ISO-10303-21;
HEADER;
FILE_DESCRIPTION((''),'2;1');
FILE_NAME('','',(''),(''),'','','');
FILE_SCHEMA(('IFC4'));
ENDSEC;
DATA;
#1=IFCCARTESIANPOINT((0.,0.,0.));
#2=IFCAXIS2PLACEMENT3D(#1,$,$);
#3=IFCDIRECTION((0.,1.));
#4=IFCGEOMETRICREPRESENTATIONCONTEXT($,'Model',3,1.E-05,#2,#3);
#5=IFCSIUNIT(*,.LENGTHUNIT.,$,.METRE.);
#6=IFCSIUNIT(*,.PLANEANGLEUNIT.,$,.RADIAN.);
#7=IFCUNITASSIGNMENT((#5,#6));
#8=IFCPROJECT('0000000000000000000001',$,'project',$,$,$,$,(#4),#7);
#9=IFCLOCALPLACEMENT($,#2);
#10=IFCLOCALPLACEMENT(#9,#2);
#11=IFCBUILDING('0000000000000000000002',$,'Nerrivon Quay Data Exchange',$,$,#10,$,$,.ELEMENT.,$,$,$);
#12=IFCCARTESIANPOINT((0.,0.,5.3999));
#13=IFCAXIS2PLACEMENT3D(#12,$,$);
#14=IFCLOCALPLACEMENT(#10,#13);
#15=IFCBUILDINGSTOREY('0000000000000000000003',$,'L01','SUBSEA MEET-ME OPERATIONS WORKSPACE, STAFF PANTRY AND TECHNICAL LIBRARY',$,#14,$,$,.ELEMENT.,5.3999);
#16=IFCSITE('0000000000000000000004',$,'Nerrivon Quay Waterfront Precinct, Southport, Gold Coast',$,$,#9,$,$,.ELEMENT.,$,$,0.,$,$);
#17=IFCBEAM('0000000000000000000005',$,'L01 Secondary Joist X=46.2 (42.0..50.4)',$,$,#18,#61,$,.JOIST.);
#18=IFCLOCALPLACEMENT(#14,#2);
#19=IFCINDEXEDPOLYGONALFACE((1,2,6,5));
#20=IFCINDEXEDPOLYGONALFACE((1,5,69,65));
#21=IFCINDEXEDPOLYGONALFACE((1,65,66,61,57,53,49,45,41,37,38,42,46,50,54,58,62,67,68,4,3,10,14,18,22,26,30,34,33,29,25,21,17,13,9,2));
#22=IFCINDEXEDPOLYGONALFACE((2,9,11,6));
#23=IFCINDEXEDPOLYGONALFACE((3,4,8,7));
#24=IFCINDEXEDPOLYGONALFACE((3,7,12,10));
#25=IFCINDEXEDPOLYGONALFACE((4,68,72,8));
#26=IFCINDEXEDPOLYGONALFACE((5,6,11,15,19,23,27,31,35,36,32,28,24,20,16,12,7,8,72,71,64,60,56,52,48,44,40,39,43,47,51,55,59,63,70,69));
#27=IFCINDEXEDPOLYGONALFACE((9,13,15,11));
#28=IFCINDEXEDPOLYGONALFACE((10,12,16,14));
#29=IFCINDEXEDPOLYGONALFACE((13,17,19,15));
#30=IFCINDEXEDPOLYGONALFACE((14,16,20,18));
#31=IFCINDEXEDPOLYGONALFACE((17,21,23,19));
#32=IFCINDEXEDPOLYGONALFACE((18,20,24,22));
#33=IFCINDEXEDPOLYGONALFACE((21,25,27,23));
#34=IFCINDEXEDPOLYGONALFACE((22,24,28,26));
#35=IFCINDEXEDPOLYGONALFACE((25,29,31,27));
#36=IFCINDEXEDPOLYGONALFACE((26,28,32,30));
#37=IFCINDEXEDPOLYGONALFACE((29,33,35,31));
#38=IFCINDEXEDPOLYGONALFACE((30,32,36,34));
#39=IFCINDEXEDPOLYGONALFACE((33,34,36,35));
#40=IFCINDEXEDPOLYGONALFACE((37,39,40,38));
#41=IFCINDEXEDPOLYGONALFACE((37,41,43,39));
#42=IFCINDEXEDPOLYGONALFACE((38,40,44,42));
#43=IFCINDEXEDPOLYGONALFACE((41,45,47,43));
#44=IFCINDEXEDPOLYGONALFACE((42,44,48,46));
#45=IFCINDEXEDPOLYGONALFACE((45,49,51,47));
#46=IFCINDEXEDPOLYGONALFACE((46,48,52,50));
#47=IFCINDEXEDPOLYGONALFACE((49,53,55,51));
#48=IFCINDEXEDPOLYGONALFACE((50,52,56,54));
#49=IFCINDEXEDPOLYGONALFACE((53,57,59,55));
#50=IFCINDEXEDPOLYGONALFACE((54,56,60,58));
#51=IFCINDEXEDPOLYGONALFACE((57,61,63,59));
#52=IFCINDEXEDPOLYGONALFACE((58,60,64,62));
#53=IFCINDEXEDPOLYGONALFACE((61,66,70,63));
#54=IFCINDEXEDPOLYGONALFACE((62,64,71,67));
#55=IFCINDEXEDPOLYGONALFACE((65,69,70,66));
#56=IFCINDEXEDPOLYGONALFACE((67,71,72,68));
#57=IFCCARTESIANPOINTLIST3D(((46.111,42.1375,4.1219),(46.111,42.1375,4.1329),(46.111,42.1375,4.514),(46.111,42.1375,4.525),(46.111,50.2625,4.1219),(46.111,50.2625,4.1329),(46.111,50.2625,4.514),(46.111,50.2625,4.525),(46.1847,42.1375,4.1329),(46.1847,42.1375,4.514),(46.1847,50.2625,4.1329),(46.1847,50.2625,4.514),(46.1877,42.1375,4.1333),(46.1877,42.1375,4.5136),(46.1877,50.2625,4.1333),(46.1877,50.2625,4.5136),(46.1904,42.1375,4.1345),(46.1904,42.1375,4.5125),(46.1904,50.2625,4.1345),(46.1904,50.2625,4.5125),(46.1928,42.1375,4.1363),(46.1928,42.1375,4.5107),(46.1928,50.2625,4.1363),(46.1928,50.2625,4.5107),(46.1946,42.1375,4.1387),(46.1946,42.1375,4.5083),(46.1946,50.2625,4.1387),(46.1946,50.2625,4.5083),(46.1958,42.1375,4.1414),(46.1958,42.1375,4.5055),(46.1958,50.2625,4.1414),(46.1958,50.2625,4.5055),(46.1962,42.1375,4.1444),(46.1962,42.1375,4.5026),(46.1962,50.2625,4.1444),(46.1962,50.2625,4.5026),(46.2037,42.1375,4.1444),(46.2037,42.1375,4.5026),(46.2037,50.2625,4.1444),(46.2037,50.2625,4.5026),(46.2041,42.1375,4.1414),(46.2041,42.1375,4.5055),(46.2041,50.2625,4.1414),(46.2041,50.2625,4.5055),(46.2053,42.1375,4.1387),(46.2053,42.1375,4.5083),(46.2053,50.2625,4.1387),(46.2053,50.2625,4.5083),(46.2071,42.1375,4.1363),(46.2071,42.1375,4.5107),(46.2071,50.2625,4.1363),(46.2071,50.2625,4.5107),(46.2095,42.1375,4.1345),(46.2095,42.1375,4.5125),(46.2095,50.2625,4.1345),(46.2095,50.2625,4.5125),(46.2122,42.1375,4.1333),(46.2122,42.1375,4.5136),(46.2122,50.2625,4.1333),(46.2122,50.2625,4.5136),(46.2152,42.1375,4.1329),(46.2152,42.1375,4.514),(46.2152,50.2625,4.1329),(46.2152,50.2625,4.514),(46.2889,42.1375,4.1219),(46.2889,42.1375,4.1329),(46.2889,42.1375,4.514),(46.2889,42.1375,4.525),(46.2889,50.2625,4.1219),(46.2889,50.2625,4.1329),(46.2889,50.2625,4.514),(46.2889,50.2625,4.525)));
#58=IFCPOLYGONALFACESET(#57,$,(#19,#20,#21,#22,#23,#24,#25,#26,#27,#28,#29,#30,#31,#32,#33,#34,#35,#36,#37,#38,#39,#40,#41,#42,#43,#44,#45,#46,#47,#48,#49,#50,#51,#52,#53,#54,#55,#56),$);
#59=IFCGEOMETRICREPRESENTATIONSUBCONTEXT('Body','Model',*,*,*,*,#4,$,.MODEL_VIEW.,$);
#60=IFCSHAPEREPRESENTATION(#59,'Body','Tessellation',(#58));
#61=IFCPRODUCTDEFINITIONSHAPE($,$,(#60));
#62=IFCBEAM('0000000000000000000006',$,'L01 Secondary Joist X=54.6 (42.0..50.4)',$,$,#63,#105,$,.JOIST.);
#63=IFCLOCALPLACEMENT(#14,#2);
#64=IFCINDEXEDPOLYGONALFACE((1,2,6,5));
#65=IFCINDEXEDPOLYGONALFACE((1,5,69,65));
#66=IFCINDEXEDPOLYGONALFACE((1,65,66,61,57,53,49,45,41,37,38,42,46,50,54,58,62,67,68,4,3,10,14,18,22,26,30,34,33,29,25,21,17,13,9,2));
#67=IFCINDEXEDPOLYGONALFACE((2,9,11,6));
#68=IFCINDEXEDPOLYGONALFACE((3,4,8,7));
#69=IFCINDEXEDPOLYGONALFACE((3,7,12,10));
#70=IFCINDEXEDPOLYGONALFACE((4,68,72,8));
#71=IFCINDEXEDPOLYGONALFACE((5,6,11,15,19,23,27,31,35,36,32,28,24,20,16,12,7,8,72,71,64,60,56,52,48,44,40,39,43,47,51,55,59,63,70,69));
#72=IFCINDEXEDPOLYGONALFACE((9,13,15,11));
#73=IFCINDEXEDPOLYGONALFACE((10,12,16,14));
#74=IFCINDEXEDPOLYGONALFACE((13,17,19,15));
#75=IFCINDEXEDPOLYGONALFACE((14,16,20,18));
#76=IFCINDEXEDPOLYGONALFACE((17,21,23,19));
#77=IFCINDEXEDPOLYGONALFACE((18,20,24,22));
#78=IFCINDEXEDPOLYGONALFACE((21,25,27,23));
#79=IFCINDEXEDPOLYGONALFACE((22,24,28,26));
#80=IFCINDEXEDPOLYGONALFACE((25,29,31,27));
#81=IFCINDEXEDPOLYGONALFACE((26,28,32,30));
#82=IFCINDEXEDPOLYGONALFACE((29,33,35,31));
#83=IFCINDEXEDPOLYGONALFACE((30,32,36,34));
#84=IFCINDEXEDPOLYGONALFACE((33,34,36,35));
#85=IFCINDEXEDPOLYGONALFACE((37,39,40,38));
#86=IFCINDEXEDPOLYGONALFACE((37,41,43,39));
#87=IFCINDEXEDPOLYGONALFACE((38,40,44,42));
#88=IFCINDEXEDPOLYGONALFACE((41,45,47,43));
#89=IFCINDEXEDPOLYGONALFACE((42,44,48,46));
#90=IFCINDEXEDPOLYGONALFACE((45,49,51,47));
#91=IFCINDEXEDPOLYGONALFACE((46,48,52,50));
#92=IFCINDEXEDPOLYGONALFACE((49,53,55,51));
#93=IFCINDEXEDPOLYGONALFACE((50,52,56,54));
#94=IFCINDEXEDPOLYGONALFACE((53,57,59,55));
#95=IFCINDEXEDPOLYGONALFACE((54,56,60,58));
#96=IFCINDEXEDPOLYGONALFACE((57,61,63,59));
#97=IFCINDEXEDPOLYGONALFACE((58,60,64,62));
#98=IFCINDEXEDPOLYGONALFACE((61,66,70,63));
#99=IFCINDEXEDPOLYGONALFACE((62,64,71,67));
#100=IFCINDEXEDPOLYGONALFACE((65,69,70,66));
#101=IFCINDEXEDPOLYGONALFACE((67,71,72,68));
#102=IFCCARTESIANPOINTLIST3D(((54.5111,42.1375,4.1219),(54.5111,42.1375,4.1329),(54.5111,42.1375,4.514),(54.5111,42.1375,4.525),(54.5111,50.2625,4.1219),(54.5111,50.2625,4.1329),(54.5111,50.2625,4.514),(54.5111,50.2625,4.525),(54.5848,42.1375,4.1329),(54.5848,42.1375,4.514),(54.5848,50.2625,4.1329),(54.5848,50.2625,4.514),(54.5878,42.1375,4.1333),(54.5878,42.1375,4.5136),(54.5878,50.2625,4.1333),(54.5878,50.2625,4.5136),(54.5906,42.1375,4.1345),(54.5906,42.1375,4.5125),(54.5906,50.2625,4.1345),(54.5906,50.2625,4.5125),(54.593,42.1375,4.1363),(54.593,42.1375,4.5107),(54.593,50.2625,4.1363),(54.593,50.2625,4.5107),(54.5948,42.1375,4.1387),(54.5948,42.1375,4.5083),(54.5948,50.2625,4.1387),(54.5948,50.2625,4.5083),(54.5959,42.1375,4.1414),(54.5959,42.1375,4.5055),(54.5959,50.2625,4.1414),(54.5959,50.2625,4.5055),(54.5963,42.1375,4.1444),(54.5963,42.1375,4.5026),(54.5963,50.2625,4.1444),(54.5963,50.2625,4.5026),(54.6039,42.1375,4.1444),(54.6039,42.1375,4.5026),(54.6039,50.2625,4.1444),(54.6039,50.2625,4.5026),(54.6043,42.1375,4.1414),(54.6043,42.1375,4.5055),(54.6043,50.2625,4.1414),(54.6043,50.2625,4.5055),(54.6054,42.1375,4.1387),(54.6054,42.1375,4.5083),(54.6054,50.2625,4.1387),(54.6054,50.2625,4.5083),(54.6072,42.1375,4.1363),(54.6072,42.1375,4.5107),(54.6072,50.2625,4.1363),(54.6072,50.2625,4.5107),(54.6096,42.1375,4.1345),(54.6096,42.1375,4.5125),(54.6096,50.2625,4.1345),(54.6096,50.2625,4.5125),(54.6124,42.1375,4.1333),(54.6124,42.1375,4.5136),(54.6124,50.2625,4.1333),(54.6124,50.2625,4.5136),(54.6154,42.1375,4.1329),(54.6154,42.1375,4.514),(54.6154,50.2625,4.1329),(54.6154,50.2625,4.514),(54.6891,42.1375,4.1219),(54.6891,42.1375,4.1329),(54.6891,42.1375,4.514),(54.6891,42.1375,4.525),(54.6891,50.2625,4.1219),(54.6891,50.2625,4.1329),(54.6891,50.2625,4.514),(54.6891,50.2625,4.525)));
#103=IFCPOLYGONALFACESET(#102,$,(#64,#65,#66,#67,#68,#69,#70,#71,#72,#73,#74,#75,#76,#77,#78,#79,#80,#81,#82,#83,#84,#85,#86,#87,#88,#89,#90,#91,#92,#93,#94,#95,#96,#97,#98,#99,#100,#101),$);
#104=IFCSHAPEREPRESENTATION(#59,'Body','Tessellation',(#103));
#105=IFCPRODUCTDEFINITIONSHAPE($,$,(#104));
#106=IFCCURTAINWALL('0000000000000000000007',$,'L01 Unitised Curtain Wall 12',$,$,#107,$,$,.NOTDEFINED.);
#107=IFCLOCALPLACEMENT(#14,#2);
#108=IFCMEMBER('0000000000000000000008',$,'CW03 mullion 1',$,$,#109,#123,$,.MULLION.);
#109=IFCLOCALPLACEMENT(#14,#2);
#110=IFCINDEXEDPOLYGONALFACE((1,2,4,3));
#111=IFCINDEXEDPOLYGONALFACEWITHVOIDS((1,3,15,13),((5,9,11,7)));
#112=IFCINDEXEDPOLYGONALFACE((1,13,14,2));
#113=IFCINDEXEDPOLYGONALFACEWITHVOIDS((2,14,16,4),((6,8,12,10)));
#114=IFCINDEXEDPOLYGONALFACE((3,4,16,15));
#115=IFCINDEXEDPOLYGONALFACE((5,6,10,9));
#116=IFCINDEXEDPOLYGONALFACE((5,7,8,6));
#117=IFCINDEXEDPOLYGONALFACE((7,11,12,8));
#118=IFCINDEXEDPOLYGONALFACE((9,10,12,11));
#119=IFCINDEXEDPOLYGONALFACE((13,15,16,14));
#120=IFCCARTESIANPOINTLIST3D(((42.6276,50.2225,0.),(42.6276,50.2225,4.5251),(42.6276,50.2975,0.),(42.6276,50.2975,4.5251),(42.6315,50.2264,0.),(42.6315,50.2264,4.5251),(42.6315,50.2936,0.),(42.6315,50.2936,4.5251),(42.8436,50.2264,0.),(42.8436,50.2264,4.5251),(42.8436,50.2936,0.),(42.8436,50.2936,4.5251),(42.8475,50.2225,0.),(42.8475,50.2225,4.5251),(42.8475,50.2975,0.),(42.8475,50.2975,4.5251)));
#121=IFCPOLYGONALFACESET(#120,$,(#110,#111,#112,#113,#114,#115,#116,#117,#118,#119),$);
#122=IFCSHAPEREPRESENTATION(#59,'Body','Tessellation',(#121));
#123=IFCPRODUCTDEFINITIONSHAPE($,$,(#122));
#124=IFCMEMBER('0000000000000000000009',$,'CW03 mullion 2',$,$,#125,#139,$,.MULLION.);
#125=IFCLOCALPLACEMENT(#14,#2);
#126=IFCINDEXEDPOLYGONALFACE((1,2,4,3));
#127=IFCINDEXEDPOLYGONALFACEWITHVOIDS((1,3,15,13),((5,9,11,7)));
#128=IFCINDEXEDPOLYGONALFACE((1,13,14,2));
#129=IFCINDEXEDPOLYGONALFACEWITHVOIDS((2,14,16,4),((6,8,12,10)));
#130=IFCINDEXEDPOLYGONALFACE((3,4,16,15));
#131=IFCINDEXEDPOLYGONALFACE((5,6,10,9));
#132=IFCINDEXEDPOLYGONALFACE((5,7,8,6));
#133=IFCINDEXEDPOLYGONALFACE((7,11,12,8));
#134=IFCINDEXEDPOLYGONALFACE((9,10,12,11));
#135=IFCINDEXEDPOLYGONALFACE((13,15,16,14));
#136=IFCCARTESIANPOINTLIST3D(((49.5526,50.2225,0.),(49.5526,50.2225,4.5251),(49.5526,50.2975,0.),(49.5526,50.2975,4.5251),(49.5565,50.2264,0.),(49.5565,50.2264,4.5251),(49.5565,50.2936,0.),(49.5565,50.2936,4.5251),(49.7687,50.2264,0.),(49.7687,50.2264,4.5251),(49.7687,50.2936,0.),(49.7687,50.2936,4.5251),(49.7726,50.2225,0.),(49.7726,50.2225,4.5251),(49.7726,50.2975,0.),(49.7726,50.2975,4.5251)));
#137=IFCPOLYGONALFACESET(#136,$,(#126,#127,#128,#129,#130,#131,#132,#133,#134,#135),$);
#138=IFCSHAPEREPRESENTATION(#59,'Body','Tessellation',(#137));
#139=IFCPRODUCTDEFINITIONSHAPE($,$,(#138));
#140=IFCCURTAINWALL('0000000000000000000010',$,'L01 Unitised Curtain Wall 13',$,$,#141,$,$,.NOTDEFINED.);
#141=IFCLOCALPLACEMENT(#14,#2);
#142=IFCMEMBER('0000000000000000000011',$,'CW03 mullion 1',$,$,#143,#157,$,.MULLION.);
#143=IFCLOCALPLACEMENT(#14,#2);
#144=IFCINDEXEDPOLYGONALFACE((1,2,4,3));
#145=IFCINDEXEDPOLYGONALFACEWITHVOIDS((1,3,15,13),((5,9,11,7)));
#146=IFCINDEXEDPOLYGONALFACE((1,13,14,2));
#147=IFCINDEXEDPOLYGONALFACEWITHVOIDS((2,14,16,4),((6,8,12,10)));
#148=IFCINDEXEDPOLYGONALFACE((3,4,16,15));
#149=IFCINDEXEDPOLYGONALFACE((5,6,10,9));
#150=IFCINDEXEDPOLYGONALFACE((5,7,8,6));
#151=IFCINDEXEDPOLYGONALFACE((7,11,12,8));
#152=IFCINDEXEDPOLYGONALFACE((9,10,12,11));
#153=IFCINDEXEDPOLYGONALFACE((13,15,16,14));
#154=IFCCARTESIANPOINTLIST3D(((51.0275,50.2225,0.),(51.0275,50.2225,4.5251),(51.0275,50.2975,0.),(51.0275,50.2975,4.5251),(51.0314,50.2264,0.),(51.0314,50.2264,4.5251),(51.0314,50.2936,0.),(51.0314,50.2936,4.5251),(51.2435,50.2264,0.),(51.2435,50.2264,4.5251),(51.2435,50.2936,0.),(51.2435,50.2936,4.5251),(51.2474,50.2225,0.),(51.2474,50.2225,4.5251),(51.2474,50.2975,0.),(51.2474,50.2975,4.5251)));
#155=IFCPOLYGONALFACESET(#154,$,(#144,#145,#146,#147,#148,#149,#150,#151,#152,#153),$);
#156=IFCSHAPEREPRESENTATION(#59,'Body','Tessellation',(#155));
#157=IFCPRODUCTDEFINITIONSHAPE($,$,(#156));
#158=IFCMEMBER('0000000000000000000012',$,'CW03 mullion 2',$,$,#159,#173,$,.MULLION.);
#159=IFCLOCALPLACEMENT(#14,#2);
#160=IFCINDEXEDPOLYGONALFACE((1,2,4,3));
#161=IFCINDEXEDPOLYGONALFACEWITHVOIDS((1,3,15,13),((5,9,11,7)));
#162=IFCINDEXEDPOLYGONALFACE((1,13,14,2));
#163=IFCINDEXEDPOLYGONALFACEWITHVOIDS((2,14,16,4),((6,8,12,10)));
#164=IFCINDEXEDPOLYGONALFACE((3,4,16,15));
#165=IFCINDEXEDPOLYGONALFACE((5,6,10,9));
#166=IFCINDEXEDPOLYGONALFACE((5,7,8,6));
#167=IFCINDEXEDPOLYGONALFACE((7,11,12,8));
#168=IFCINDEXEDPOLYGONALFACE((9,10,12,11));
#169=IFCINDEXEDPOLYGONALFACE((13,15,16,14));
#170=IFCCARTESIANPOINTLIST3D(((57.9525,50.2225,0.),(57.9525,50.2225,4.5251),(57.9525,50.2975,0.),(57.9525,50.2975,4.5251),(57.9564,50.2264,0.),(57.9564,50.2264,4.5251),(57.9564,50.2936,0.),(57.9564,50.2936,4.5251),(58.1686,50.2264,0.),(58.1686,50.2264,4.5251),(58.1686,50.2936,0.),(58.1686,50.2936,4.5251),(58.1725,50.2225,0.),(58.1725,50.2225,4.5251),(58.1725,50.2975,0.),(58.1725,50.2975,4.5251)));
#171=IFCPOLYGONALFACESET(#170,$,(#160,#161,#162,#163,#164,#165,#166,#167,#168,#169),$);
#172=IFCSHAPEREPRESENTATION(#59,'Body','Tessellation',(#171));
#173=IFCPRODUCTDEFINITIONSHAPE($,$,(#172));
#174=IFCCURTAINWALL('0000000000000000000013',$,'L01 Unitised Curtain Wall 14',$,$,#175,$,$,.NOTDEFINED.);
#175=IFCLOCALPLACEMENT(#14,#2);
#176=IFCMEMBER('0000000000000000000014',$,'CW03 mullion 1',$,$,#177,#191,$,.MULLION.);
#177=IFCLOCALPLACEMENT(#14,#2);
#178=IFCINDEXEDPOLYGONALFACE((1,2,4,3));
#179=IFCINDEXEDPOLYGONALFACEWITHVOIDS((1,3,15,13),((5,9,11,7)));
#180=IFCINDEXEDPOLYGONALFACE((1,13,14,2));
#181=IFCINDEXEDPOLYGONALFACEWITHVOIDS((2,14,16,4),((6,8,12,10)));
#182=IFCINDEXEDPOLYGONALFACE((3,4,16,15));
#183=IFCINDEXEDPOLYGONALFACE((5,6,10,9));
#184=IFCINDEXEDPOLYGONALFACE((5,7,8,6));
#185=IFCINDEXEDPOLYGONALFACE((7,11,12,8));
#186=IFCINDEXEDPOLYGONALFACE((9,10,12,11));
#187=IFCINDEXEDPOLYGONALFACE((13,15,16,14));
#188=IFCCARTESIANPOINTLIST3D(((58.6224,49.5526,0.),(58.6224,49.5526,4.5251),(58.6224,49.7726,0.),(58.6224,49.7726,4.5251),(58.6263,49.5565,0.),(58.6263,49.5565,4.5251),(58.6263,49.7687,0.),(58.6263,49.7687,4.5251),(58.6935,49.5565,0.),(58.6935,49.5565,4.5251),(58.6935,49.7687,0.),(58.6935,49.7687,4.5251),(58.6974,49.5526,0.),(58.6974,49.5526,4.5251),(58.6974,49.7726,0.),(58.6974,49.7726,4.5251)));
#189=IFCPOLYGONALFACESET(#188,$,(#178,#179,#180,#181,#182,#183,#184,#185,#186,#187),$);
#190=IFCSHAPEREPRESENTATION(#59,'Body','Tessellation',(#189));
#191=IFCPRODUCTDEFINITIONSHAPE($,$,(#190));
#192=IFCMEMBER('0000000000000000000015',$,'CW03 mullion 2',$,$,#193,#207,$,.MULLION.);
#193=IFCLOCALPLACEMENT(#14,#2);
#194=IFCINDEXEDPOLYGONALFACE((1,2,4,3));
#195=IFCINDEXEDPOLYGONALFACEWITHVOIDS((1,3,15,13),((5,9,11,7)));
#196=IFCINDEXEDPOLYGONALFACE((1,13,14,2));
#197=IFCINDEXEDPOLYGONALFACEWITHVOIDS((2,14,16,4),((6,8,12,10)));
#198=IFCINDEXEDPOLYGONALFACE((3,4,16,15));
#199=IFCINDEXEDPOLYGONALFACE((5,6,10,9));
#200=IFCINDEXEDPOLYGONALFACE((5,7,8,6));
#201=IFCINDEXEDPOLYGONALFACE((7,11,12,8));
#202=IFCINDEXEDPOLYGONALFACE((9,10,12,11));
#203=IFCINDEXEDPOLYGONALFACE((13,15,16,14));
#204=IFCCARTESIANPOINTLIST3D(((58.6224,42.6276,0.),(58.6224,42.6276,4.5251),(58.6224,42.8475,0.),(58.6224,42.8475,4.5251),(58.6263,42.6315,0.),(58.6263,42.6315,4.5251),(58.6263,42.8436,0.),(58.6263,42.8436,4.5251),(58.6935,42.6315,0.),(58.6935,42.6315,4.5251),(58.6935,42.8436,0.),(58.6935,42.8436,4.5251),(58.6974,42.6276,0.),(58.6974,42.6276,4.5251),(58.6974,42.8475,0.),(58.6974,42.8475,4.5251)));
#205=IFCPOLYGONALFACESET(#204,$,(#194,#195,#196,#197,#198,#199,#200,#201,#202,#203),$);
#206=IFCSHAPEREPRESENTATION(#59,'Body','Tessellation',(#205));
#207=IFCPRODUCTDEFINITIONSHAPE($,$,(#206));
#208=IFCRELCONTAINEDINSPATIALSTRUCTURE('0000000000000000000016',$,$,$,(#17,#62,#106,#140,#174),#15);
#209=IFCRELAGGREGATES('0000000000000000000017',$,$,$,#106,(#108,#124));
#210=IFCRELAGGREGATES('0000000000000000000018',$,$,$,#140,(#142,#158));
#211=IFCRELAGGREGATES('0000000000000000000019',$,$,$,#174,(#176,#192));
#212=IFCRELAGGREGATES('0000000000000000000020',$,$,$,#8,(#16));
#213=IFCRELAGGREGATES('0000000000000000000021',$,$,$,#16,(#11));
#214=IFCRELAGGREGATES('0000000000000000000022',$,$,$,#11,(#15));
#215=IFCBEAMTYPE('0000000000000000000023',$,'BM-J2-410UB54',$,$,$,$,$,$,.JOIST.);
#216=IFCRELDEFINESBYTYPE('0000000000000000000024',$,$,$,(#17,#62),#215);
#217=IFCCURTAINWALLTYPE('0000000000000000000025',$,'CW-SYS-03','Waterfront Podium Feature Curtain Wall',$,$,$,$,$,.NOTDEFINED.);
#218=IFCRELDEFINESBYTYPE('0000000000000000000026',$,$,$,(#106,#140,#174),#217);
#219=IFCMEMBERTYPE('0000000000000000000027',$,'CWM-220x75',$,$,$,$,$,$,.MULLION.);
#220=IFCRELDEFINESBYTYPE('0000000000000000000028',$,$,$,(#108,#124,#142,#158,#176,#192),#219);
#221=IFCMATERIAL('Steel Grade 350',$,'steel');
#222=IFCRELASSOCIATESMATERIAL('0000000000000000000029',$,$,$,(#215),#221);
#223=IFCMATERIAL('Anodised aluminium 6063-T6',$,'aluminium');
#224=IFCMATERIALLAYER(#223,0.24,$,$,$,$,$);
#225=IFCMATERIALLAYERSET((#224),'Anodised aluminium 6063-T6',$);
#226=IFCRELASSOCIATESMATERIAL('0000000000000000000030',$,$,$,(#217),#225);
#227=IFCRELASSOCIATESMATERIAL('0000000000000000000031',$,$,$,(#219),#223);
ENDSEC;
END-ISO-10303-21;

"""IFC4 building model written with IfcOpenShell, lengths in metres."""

from ifc_helpers import new_model, si_unit, direction, frame, origin, origin_2d, place, context, subcontext, project, spatial, hollow_rectangle, i_section, extrude, material, layer, layer_set, material_profile, profile_set, type_object, element, aggregate, save


model = new_model("IFC4")

# Units and contexts
model_context = context("Model", 3, precision=1e-05, world=origin(), true_north=direction((0.0, 1.0)))
body_context = subcontext(model_context, "Body", "Model", "MODEL_VIEW")
ifc_project = project(units=[si_unit("LENGTHUNIT", "METRE"), si_unit("PLANEANGLEUNIT", "RADIAN")], contexts=[model_context])

# Site, building, storey
site_placement = place(None, origin())
site = spatial("IfcSite", under=ifc_project, at=site_placement, Name="Nerrivon Quay Waterfront Precinct, Southport, Gold Coast", CompositionType="ELEMENT", RefElevation=0.0)
building_placement = place(site_placement, origin())
building = spatial("IfcBuilding", under=site, at=building_placement, Name="Nerrivon Quay Data Exchange", CompositionType="ELEMENT")
storey_placement = place(building_placement, frame((0.0, 0.0, 5.3999)))
storey = spatial("IfcBuildingStorey", under=building, at=storey_placement, Name="L01", Description="SUBSEA MEET-ME OPERATIONS WORKSPACE, STAFF PANTRY AND TECHNICAL LIBRARY", CompositionType="ELEMENT", Elevation=5.3999)

# Beams
ifc_material_1 = material(Name="Steel Grade 350", Category="steel")
ifc_material_profile_1 = material_profile(ifc_material_1, i_section(OverallWidth=0.178, OverallDepth=0.4031, WebThickness=0.0076, FlangeThickness=0.011, FilletRadius=0.0115, at=origin_2d()), Name="410UB53.7")
ifc_profile_set_1 = profile_set([ifc_material_profile_1], Name="Steel Grade 350")
beam_type_1 = type_object("IfcBeamType", Name="BM-J2-410UB54", PredefinedType="JOIST", material=ifc_profile_set_1)
for number, where, z_axis, x_axis, name in (
    (1, (46.2, 42.1375, 4.3235), (0.0, 1.0, 0.0), (-1.0, 0.0, 0.0), "L01 Secondary Joist X=46.2 (42.0..50.4)"),
    (2, (54.6001, 42.1375, 4.3235), (0.0, 1.0, 0.0), (-1.0, 0.0, 0.0), "L01 Secondary Joist X=54.6 (42.0..50.4)"),
):
    element("IfcBeam", number, at=place(storey_placement, frame(where, z_axis=z_axis, x_axis=x_axis)), inside=storey, type_object=beam_type_1, Name=name, PredefinedType="JOIST", context=body_context, shape_type="SweptSolid", body=[
        extrude(i_section(OverallWidth=0.178, OverallDepth=0.4031, WebThickness=0.0076, FlangeThickness=0.011, FilletRadius=0.0115, at=origin_2d()), origin(), (0.0, 0.0, 1.0), 8.125),
    ])

# Curtain walls, members
ifc_material_2 = material(Name="Anodised aluminium 6063-T6", Category="aluminium")
ifc_layer_1 = layer(ifc_material_2, 0.24)
ifc_layer_set_1 = layer_set([ifc_layer_1], Name="Anodised aluminium 6063-T6")
curtain_wall_type = type_object("IfcCurtainWallType", Name="CW-SYS-03", Description="Waterfront Podium Feature Curtain Wall", PredefinedType="NOTDEFINED", material=ifc_layer_set_1)
curtain_wall_1_placement = place(storey_placement, origin())
curtain_wall_1 = element("IfcCurtainWall", 3, at=curtain_wall_1_placement, inside=storey, type_object=curtain_wall_type, Name="L01 Unitised Curtain Wall 12", PredefinedType="NOTDEFINED")
ifc_material_profile_2 = material_profile(ifc_material_2, hollow_rectangle(XDim=0.075, YDim=0.22, WallThickness=0.0039, at=origin_2d()), Name="ALU-MULL-220x75")
ifc_profile_set_2 = profile_set([ifc_material_profile_2], Name="Anodised aluminium 6063-T6")
member_type_1 = type_object("IfcMemberType", Name="CWM-220x75", PredefinedType="MULLION", material=ifc_profile_set_2)
member_1_placement = place(storey_placement, frame((42.7375, 50.26, 0.0), z_axis=(0.0, 0.0, 1.0), x_axis=(0.0, 1.0, 0.0)))
member_1 = element("IfcMember", 4, at=member_1_placement, type_object=member_type_1, Name="CW03 mullion 1", PredefinedType="MULLION", context=body_context, shape_type="SweptSolid", body=[
    extrude(hollow_rectangle(XDim=0.075, YDim=0.22, WallThickness=0.0039, at=origin_2d()), origin(), (0.0, 0.0, 1.0), 4.5251),
])
member_2_placement = place(storey_placement, frame((49.6626, 50.26, 0.0), z_axis=(0.0, 0.0, 1.0), x_axis=(0.0, 1.0, 0.0)))
member_2 = element("IfcMember", 5, at=member_2_placement, type_object=member_type_1, Name="CW03 mullion 2", PredefinedType="MULLION", context=body_context, shape_type="SweptSolid", body=[
    extrude(hollow_rectangle(XDim=0.075, YDim=0.22, WallThickness=0.0039, at=origin_2d()), origin(), (0.0, 0.0, 1.0), 4.5251),
])
curtain_wall_2_placement = place(storey_placement, origin())
curtain_wall_2 = element("IfcCurtainWall", 6, at=curtain_wall_2_placement, inside=storey, type_object=curtain_wall_type, Name="L01 Unitised Curtain Wall 13", PredefinedType="NOTDEFINED")
member_3_placement = place(storey_placement, frame((51.1375, 50.26, 0.0), z_axis=(0.0, 0.0, 1.0), x_axis=(0.0, 1.0, 0.0)))
member_3 = element("IfcMember", 7, at=member_3_placement, type_object=member_type_1, Name="CW03 mullion 1", PredefinedType="MULLION", context=body_context, shape_type="SweptSolid", body=[
    extrude(hollow_rectangle(XDim=0.075, YDim=0.22, WallThickness=0.0039, at=origin_2d()), origin(), (0.0, 0.0, 1.0), 4.5251),
])
member_4_placement = place(storey_placement, frame((58.0625, 50.26, 0.0), z_axis=(0.0, 0.0, 1.0), x_axis=(0.0, 1.0, 0.0)))
member_4 = element("IfcMember", 8, at=member_4_placement, type_object=member_type_1, Name="CW03 mullion 2", PredefinedType="MULLION", context=body_context, shape_type="SweptSolid", body=[
    extrude(hollow_rectangle(XDim=0.075, YDim=0.22, WallThickness=0.0039, at=origin_2d()), origin(), (0.0, 0.0, 1.0), 4.5251),
])
curtain_wall_3_placement = place(storey_placement, origin())
curtain_wall_3 = element("IfcCurtainWall", 9, at=curtain_wall_3_placement, inside=storey, type_object=curtain_wall_type, Name="L01 Unitised Curtain Wall 14", PredefinedType="NOTDEFINED")
member_5_placement = place(storey_placement, frame((58.6599, 49.6626, 0.0), z_axis=(0.0, 0.0, 1.0), x_axis=(1.0, 0.0, 0.0)))
member_5 = element("IfcMember", 10, at=member_5_placement, type_object=member_type_1, Name="CW03 mullion 1", PredefinedType="MULLION", context=body_context, shape_type="SweptSolid", body=[
    extrude(hollow_rectangle(XDim=0.075, YDim=0.22, WallThickness=0.0039, at=origin_2d()), origin(), (0.0, 0.0, 1.0), 4.5251),
])
member_6_placement = place(storey_placement, frame((58.6599, 42.7375, 0.0), z_axis=(0.0, 0.0, 1.0), x_axis=(1.0, 0.0, 0.0)))
member_6 = element("IfcMember", 11, at=member_6_placement, type_object=member_type_1, Name="CW03 mullion 2", PredefinedType="MULLION", context=body_context, shape_type="SweptSolid", body=[
    extrude(hollow_rectangle(XDim=0.075, YDim=0.22, WallThickness=0.0039, at=origin_2d()), origin(), (0.0, 0.0, 1.0), 4.5251),
])

aggregate(curtain_wall_1, [member_1, member_2])
aggregate(curtain_wall_2, [member_3, member_4])
aggregate(curtain_wall_3, [member_5, member_6])

save(model, "model.ifc")
